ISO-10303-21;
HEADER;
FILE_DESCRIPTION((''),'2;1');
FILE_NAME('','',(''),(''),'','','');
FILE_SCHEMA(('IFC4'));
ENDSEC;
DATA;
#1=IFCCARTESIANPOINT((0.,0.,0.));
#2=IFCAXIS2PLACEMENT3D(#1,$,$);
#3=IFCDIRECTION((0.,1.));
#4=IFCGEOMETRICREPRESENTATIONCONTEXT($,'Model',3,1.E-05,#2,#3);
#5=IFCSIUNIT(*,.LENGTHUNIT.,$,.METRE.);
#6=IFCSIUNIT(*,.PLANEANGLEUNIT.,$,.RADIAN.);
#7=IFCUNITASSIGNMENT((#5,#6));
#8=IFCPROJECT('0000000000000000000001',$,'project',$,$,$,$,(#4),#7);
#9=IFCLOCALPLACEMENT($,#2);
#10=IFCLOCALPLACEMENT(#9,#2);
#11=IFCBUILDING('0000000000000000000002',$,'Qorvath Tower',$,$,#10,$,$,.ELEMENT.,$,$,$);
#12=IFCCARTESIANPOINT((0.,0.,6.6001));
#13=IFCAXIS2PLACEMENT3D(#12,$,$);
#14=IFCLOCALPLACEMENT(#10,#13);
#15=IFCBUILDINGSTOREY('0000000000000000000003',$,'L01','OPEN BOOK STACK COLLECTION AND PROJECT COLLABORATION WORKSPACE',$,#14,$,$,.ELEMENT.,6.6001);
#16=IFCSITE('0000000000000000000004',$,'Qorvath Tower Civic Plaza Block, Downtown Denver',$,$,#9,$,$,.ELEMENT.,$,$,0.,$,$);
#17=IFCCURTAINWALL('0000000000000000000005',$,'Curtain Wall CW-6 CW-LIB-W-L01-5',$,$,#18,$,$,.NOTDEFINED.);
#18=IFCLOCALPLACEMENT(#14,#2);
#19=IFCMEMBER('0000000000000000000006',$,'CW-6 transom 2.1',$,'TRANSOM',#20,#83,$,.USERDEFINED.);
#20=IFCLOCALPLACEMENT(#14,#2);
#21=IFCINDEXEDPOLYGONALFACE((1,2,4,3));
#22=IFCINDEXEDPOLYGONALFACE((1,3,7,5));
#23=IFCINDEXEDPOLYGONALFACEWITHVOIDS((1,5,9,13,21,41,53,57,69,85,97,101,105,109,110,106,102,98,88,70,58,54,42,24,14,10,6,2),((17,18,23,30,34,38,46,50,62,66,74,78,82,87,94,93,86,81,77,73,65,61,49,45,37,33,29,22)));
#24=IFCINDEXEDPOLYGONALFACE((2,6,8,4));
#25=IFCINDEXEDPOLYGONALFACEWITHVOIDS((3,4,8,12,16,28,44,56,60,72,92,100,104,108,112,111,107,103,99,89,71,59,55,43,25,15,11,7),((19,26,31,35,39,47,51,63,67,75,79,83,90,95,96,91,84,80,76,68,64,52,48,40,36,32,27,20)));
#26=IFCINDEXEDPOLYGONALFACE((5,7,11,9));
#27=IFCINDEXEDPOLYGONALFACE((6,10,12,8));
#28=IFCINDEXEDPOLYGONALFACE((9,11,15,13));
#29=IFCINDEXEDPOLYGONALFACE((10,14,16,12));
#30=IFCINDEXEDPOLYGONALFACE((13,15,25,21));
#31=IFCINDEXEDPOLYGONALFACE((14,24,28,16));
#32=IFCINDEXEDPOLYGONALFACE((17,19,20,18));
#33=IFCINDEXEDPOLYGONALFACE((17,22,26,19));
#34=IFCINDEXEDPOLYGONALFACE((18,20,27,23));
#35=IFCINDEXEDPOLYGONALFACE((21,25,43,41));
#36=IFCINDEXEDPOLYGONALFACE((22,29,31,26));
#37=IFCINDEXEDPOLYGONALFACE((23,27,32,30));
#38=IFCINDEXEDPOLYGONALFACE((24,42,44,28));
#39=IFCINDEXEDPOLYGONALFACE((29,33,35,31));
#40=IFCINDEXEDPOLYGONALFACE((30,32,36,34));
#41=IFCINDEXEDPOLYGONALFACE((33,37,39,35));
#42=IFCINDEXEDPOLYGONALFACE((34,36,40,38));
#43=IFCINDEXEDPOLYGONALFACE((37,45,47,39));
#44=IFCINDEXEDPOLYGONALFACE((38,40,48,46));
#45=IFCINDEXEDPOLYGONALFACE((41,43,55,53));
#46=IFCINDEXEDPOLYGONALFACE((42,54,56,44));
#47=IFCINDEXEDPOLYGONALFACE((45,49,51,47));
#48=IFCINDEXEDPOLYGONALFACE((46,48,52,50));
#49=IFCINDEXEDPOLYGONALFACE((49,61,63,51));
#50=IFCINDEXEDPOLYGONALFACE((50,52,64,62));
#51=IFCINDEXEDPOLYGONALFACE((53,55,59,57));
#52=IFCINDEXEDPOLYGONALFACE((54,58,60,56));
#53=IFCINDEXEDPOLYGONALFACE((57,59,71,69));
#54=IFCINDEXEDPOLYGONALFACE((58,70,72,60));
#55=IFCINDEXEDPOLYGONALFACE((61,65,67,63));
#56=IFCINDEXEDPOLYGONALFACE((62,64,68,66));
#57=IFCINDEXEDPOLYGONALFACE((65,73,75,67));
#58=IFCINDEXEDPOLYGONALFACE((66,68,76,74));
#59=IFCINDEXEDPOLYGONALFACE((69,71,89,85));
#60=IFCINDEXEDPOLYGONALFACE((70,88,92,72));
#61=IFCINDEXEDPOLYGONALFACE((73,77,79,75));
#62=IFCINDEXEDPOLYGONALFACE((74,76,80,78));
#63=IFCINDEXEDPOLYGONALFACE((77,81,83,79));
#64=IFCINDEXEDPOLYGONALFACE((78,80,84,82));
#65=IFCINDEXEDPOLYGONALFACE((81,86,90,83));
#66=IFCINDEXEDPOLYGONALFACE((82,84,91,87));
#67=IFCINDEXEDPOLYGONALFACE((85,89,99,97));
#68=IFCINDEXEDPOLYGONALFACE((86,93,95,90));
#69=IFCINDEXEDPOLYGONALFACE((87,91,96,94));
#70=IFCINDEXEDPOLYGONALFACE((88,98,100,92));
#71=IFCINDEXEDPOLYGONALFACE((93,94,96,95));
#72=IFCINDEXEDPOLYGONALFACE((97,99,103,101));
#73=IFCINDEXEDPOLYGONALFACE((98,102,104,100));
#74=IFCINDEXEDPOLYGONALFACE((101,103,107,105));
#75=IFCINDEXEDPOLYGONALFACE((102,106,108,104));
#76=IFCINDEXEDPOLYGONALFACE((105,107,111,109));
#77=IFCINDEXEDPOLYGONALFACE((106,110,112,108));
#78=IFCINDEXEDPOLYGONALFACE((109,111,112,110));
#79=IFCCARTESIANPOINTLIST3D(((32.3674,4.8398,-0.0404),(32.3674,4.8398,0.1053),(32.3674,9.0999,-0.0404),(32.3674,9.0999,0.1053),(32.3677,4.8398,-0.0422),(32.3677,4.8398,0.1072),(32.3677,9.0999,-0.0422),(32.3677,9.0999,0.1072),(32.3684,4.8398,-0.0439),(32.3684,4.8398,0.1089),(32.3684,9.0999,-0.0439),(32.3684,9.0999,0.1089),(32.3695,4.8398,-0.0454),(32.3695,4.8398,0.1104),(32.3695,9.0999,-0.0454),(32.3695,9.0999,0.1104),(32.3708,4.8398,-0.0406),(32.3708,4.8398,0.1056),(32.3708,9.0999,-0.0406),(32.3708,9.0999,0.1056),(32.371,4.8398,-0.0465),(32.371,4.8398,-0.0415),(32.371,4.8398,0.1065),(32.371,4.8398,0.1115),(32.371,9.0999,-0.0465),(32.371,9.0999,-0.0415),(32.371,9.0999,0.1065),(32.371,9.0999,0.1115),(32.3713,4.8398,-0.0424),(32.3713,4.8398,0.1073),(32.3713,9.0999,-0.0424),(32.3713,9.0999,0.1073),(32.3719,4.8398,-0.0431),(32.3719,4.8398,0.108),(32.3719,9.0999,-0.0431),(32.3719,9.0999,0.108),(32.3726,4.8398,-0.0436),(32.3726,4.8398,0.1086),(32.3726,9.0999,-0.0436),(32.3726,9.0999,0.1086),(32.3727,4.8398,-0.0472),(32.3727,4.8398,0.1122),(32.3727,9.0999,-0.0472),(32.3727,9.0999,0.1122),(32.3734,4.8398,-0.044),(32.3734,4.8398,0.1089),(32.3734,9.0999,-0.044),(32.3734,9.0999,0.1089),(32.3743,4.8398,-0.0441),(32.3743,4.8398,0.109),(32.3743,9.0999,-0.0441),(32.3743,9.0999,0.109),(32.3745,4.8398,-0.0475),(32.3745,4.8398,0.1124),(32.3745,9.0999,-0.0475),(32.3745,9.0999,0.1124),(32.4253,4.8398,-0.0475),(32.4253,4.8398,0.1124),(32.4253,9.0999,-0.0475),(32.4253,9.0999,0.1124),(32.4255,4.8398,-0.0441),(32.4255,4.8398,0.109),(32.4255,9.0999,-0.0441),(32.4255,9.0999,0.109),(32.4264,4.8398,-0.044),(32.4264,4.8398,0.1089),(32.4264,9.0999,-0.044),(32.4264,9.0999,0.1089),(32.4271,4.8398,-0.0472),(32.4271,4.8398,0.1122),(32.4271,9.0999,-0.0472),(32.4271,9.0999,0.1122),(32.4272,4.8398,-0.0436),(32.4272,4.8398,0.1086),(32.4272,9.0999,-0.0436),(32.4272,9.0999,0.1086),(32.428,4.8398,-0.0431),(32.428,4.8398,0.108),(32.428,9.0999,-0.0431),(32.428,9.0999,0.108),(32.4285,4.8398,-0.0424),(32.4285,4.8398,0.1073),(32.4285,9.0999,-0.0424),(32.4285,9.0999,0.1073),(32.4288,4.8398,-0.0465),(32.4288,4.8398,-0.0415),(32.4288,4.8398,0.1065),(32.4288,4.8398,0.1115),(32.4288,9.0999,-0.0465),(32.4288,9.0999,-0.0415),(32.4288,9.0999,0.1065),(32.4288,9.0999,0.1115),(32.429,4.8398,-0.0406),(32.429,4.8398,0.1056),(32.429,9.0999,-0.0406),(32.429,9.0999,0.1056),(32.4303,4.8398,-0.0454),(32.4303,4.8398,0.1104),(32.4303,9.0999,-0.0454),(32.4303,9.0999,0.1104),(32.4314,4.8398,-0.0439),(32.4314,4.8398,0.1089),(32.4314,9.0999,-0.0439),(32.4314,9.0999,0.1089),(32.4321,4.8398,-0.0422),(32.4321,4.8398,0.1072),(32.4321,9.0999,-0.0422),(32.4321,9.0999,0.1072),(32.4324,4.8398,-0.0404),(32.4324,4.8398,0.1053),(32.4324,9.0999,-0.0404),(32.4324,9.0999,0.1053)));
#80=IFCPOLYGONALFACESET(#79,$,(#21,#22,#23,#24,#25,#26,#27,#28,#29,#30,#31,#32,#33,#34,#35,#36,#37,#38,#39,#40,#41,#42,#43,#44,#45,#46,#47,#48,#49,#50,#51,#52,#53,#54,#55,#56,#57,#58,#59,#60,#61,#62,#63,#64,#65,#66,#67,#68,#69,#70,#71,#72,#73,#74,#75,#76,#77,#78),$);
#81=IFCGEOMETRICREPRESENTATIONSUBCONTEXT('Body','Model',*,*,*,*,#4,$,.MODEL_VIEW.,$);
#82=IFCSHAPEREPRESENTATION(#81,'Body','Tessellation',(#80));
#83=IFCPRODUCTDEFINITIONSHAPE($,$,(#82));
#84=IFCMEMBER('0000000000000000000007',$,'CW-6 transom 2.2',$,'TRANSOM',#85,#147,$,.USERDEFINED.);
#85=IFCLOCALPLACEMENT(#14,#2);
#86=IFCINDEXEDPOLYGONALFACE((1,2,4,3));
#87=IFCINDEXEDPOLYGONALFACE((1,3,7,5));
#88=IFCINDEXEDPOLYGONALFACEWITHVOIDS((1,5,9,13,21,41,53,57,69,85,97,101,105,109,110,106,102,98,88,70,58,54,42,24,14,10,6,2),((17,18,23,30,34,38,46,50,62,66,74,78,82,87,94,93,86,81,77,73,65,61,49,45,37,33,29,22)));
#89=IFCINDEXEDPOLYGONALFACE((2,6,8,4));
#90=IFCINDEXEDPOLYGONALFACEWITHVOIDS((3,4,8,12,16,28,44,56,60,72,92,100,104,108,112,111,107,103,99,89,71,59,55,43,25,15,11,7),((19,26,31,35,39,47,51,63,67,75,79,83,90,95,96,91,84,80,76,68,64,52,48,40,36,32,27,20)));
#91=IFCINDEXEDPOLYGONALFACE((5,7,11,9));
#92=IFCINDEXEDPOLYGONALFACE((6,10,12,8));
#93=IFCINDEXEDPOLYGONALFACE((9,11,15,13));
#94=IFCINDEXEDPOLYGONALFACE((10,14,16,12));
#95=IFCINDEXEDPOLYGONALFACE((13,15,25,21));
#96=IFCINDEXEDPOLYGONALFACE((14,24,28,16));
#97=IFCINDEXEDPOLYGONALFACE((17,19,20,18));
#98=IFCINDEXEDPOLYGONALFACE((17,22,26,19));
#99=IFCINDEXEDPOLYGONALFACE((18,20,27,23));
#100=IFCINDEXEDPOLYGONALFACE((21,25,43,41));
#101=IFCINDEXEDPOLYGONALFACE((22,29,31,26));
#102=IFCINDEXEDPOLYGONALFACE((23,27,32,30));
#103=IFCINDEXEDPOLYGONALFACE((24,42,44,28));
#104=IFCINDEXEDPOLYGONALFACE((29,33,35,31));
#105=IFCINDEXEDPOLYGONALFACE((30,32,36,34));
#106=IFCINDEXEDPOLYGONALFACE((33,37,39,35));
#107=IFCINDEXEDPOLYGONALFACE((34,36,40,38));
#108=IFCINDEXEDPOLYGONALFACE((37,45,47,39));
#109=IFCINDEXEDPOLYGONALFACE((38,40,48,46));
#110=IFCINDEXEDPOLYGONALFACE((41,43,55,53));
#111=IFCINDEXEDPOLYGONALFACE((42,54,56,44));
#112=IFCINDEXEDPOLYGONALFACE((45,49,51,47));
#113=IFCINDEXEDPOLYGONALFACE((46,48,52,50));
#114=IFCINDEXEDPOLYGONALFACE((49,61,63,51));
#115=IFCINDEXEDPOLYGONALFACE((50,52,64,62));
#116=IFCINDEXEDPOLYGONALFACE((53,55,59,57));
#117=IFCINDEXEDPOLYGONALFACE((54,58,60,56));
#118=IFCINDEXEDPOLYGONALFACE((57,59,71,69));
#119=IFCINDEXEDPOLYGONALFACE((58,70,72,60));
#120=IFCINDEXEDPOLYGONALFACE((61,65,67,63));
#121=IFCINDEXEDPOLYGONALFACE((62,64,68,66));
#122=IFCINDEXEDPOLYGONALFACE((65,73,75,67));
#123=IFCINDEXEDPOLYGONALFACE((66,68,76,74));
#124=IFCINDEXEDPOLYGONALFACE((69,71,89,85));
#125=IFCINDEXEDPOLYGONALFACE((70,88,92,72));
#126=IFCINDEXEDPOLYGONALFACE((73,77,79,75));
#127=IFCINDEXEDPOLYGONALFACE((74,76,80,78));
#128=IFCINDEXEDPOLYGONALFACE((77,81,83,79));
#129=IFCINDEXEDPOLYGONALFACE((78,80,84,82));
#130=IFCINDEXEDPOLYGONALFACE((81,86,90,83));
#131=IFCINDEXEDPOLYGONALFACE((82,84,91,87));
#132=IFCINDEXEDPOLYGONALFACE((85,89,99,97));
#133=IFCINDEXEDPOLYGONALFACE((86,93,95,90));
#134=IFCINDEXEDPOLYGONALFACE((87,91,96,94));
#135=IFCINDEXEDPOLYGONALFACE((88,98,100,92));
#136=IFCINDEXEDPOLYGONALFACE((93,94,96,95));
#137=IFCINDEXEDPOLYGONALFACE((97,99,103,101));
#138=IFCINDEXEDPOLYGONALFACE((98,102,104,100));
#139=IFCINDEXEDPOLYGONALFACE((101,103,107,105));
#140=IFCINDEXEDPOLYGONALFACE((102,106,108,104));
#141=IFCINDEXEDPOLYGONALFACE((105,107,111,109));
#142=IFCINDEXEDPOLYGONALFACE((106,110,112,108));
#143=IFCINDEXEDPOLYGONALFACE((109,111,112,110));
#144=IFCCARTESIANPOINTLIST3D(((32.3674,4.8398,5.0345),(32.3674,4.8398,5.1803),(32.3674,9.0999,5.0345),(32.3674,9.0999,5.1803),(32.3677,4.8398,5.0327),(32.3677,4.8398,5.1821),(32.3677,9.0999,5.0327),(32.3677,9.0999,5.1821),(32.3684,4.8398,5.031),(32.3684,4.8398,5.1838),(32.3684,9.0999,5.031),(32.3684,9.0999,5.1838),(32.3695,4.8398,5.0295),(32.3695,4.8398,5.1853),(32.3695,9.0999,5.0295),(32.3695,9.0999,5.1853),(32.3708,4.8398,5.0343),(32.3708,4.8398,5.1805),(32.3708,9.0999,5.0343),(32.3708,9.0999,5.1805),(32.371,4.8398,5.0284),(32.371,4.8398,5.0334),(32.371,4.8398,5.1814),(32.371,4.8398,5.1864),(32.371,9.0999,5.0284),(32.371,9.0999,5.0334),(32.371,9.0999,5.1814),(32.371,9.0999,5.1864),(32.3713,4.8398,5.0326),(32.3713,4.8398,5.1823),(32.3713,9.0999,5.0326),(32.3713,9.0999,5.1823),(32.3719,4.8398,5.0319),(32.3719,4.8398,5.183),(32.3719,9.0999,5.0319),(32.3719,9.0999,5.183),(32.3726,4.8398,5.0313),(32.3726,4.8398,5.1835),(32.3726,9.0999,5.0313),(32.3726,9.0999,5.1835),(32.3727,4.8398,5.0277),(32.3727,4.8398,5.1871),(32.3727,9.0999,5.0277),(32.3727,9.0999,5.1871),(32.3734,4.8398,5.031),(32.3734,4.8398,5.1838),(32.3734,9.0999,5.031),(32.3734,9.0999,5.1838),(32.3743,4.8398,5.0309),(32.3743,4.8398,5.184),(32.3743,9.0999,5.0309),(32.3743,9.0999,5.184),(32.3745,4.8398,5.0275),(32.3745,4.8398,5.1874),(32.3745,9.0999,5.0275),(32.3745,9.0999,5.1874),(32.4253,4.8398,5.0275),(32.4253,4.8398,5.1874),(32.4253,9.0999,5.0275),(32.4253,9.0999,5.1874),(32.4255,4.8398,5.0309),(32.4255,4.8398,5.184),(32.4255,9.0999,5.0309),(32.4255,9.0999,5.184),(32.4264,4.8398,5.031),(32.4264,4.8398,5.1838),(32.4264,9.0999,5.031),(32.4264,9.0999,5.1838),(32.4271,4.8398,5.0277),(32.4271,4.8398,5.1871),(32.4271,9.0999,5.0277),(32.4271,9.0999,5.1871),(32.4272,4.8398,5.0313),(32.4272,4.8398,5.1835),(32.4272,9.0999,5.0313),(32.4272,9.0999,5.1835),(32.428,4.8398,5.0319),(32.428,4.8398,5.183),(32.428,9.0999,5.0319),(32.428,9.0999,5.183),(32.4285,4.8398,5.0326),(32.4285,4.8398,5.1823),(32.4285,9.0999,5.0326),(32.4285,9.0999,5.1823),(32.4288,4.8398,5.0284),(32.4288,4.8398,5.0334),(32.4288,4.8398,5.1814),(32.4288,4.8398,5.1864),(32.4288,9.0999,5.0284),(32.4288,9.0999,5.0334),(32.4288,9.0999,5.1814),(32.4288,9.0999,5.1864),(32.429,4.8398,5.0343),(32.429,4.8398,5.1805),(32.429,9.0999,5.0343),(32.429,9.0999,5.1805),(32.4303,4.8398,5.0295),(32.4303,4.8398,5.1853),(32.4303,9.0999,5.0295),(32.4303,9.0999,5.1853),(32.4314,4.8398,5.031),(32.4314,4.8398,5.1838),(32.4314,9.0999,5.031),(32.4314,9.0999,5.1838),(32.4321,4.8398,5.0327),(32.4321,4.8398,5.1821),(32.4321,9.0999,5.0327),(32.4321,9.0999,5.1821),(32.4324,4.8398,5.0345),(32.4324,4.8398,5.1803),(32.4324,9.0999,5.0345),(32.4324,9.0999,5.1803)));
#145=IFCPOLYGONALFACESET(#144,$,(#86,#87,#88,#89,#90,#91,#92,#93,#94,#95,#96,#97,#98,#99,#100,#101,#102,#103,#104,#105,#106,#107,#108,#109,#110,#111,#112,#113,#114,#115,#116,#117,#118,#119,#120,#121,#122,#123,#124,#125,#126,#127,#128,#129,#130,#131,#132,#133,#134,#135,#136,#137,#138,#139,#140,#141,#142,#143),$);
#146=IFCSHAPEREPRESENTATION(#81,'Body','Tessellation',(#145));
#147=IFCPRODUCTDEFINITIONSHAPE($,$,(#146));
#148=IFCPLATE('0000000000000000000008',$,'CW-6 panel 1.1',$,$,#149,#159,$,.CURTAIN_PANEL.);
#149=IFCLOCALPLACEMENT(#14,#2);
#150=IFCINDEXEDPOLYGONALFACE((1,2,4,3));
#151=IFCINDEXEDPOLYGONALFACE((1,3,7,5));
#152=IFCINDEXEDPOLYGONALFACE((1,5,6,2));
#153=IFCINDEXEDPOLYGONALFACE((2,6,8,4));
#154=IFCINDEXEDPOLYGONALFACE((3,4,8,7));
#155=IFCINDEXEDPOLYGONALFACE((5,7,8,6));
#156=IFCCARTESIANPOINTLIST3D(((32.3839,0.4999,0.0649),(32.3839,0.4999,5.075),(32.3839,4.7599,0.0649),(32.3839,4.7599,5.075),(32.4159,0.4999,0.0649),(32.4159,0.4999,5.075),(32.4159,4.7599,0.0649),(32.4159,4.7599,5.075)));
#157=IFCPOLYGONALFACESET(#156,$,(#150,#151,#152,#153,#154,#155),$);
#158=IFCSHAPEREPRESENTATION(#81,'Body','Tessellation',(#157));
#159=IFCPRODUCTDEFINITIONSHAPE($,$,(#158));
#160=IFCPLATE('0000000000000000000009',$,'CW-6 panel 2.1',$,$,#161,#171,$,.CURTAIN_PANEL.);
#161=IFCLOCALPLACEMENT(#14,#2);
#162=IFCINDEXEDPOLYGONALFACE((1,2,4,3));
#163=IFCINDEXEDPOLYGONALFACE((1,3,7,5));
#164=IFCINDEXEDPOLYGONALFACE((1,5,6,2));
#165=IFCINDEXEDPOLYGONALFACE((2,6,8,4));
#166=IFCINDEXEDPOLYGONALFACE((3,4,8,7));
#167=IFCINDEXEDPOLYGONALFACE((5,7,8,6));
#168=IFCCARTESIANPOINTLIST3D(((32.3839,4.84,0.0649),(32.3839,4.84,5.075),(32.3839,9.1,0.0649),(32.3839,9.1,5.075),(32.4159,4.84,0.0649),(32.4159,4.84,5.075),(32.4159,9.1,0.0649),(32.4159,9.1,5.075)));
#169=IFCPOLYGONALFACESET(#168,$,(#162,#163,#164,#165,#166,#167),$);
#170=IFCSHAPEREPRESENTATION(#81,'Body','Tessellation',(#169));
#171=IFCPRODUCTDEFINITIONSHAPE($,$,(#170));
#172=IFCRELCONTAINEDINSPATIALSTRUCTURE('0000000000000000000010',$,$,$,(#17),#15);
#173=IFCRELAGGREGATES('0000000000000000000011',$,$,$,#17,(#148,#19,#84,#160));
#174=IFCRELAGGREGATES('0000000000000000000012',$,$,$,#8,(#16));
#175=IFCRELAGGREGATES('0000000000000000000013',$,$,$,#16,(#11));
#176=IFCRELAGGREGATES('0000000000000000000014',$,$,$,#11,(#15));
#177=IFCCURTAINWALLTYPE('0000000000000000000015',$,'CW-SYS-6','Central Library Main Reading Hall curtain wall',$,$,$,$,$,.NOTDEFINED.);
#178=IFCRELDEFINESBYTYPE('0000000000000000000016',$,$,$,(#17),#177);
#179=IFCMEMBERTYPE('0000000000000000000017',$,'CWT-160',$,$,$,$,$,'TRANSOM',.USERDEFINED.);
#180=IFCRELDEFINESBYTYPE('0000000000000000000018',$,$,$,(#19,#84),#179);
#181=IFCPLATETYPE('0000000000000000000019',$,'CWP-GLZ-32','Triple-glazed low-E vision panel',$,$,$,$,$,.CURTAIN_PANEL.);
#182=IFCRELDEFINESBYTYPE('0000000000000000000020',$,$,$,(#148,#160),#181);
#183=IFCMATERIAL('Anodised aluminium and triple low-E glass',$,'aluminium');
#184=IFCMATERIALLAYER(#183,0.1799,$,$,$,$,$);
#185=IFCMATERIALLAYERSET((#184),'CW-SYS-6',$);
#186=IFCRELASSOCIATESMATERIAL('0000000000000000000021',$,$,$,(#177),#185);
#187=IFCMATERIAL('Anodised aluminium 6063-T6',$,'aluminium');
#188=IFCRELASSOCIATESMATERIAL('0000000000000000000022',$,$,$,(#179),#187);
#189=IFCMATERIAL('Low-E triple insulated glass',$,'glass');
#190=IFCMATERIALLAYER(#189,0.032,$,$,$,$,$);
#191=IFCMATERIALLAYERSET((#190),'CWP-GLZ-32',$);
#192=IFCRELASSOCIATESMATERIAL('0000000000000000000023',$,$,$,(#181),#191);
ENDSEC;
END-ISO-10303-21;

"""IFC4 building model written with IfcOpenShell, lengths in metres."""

from ifc_helpers import new_model, si_unit, direction, frame, origin, origin_2d, place, context, subcontext, project, spatial, rectangle, hollow_rectangle, extrude, material, layer, layer_set, material_profile, profile_set, type_object, element, aggregate, save


model = new_model("IFC4")

# Units and contexts
model_context = context("Model", 3, precision=1e-05, world=origin(), true_north=direction((0.0, 1.0)))
body_context = subcontext(model_context, "Body", "Model", "MODEL_VIEW")
ifc_project = project(units=[si_unit("LENGTHUNIT", "METRE"), si_unit("PLANEANGLEUNIT", "RADIAN")], contexts=[model_context])

# Site, building, storey
site_placement = place(None, origin())
site = spatial("IfcSite", under=ifc_project, at=site_placement, Name="Qorvath Tower Civic Plaza Block, Downtown Denver", CompositionType="ELEMENT", RefElevation=0.0)
building_placement = place(site_placement, origin())
building = spatial("IfcBuilding", under=site, at=building_placement, Name="Qorvath Tower", CompositionType="ELEMENT")
storey_placement = place(building_placement, frame((0.0, 0.0, 6.6001)))
storey = spatial("IfcBuildingStorey", under=building, at=storey_placement, Name="L01", Description="OPEN BOOK STACK COLLECTION AND PROJECT COLLABORATION WORKSPACE", CompositionType="ELEMENT", Elevation=6.6001)

# Curtain wall
ifc_material_1 = material(Name="Anodised aluminium and triple low-E glass", Category="aluminium")
ifc_layer_1 = layer(ifc_material_1, 0.1799)
ifc_layer_set_1 = layer_set([ifc_layer_1], Name="CW-SYS-6")
curtain_wall_type = type_object("IfcCurtainWallType", Name="CW-SYS-6", Description="Central Library Main Reading Hall curtain wall", PredefinedType="NOTDEFINED", material=ifc_layer_set_1)
curtain_wall_1_placement = place(storey_placement, origin())
curtain_wall_1 = element("IfcCurtainWall", 1, at=curtain_wall_1_placement, inside=storey, type_object=curtain_wall_type, Name="Curtain Wall CW-6 CW-LIB-W-L01-5", PredefinedType="NOTDEFINED")

# Members
ifc_material_2 = material(Name="Anodised aluminium 6063-T6", Category="aluminium")
ifc_material_profile_1 = material_profile(ifc_material_2, hollow_rectangle(XDim=0.0649, YDim=0.1599, WallThickness=0.0034, InnerFilletRadius=0.0034, OuterFilletRadius=0.0071, at=origin_2d()), Name="CWT 160x65")
ifc_profile_set_1 = profile_set([ifc_material_profile_1], Name="Anodised aluminium 6063-T6")
member_type_1 = type_object("IfcMemberType", Name="CWT-160", ElementType="TRANSOM", PredefinedType="USERDEFINED", material=ifc_profile_set_1)
member_1_placement = place(storey_placement, frame((32.3999, 4.8398, 0.0325), z_axis=(0.0, 1.0, 0.0), x_axis=(-1.0, 0.0, 0.0)))
member_1 = element("IfcMember", 2, at=member_1_placement, type_object=member_type_1, Name="CW-6 transom 2.1", ObjectType="TRANSOM", PredefinedType="USERDEFINED", context=body_context, shape_type="SweptSolid", body=[
    extrude(hollow_rectangle(XDim=0.0649, YDim=0.1599, WallThickness=0.0034, InnerFilletRadius=0.0034, OuterFilletRadius=0.0071, at=origin_2d()), origin(), (0.0, 0.0, 1.0), 4.26),
])
member_2_placement = place(storey_placement, frame((32.3999, 4.8398, 5.1074), z_axis=(0.0, 1.0, 0.0), x_axis=(-1.0, 0.0, 0.0)))
member_2 = element("IfcMember", 3, at=member_2_placement, type_object=member_type_1, Name="CW-6 transom 2.2", ObjectType="TRANSOM", PredefinedType="USERDEFINED", context=body_context, shape_type="SweptSolid", body=[
    extrude(hollow_rectangle(XDim=0.0649, YDim=0.1599, WallThickness=0.0034, InnerFilletRadius=0.0034, OuterFilletRadius=0.0071, at=origin_2d()), origin(), (0.0, 0.0, 1.0), 4.26),
])

# Plates
ifc_material_3 = material(Name="Low-E triple insulated glass", Category="glass")
ifc_layer_2 = layer(ifc_material_3, 0.032)
ifc_layer_set_2 = layer_set([ifc_layer_2], Name="CWP-GLZ-32")
plate_type = type_object("IfcPlateType", Name="CWP-GLZ-32", Description="Triple-glazed low-E vision panel", PredefinedType="CURTAIN_PANEL", material=ifc_layer_set_2)
plate_1_placement = place(storey_placement, frame((32.3999, 2.6299, 0.0649), z_axis=(0.0, 0.0, 1.0), x_axis=(0.0, 1.0, 0.0)))
plate_1 = element("IfcPlate", 4, at=plate_1_placement, type_object=plate_type, Name="CW-6 panel 1.1", PredefinedType="CURTAIN_PANEL", context=body_context, shape_type="SweptSolid", body=[
    extrude(rectangle(XDim=4.26, YDim=0.032, at=origin_2d()), origin(), (0.0, 0.0, 1.0), 5.01),
])
plate_2_placement = place(storey_placement, frame((32.3999, 6.97, 0.0649), z_axis=(0.0, 0.0, 1.0), x_axis=(0.0, 1.0, 0.0)))
plate_2 = element("IfcPlate", 5, at=plate_2_placement, type_object=plate_type, Name="CW-6 panel 2.1", PredefinedType="CURTAIN_PANEL", context=body_context, shape_type="SweptSolid", body=[
    extrude(rectangle(XDim=4.26, YDim=0.032, at=origin_2d()), origin(), (0.0, 0.0, 1.0), 5.01),
])
aggregate(curtain_wall_1, [plate_1, member_1, member_2, plate_2])

save(model, "model.ifc")
